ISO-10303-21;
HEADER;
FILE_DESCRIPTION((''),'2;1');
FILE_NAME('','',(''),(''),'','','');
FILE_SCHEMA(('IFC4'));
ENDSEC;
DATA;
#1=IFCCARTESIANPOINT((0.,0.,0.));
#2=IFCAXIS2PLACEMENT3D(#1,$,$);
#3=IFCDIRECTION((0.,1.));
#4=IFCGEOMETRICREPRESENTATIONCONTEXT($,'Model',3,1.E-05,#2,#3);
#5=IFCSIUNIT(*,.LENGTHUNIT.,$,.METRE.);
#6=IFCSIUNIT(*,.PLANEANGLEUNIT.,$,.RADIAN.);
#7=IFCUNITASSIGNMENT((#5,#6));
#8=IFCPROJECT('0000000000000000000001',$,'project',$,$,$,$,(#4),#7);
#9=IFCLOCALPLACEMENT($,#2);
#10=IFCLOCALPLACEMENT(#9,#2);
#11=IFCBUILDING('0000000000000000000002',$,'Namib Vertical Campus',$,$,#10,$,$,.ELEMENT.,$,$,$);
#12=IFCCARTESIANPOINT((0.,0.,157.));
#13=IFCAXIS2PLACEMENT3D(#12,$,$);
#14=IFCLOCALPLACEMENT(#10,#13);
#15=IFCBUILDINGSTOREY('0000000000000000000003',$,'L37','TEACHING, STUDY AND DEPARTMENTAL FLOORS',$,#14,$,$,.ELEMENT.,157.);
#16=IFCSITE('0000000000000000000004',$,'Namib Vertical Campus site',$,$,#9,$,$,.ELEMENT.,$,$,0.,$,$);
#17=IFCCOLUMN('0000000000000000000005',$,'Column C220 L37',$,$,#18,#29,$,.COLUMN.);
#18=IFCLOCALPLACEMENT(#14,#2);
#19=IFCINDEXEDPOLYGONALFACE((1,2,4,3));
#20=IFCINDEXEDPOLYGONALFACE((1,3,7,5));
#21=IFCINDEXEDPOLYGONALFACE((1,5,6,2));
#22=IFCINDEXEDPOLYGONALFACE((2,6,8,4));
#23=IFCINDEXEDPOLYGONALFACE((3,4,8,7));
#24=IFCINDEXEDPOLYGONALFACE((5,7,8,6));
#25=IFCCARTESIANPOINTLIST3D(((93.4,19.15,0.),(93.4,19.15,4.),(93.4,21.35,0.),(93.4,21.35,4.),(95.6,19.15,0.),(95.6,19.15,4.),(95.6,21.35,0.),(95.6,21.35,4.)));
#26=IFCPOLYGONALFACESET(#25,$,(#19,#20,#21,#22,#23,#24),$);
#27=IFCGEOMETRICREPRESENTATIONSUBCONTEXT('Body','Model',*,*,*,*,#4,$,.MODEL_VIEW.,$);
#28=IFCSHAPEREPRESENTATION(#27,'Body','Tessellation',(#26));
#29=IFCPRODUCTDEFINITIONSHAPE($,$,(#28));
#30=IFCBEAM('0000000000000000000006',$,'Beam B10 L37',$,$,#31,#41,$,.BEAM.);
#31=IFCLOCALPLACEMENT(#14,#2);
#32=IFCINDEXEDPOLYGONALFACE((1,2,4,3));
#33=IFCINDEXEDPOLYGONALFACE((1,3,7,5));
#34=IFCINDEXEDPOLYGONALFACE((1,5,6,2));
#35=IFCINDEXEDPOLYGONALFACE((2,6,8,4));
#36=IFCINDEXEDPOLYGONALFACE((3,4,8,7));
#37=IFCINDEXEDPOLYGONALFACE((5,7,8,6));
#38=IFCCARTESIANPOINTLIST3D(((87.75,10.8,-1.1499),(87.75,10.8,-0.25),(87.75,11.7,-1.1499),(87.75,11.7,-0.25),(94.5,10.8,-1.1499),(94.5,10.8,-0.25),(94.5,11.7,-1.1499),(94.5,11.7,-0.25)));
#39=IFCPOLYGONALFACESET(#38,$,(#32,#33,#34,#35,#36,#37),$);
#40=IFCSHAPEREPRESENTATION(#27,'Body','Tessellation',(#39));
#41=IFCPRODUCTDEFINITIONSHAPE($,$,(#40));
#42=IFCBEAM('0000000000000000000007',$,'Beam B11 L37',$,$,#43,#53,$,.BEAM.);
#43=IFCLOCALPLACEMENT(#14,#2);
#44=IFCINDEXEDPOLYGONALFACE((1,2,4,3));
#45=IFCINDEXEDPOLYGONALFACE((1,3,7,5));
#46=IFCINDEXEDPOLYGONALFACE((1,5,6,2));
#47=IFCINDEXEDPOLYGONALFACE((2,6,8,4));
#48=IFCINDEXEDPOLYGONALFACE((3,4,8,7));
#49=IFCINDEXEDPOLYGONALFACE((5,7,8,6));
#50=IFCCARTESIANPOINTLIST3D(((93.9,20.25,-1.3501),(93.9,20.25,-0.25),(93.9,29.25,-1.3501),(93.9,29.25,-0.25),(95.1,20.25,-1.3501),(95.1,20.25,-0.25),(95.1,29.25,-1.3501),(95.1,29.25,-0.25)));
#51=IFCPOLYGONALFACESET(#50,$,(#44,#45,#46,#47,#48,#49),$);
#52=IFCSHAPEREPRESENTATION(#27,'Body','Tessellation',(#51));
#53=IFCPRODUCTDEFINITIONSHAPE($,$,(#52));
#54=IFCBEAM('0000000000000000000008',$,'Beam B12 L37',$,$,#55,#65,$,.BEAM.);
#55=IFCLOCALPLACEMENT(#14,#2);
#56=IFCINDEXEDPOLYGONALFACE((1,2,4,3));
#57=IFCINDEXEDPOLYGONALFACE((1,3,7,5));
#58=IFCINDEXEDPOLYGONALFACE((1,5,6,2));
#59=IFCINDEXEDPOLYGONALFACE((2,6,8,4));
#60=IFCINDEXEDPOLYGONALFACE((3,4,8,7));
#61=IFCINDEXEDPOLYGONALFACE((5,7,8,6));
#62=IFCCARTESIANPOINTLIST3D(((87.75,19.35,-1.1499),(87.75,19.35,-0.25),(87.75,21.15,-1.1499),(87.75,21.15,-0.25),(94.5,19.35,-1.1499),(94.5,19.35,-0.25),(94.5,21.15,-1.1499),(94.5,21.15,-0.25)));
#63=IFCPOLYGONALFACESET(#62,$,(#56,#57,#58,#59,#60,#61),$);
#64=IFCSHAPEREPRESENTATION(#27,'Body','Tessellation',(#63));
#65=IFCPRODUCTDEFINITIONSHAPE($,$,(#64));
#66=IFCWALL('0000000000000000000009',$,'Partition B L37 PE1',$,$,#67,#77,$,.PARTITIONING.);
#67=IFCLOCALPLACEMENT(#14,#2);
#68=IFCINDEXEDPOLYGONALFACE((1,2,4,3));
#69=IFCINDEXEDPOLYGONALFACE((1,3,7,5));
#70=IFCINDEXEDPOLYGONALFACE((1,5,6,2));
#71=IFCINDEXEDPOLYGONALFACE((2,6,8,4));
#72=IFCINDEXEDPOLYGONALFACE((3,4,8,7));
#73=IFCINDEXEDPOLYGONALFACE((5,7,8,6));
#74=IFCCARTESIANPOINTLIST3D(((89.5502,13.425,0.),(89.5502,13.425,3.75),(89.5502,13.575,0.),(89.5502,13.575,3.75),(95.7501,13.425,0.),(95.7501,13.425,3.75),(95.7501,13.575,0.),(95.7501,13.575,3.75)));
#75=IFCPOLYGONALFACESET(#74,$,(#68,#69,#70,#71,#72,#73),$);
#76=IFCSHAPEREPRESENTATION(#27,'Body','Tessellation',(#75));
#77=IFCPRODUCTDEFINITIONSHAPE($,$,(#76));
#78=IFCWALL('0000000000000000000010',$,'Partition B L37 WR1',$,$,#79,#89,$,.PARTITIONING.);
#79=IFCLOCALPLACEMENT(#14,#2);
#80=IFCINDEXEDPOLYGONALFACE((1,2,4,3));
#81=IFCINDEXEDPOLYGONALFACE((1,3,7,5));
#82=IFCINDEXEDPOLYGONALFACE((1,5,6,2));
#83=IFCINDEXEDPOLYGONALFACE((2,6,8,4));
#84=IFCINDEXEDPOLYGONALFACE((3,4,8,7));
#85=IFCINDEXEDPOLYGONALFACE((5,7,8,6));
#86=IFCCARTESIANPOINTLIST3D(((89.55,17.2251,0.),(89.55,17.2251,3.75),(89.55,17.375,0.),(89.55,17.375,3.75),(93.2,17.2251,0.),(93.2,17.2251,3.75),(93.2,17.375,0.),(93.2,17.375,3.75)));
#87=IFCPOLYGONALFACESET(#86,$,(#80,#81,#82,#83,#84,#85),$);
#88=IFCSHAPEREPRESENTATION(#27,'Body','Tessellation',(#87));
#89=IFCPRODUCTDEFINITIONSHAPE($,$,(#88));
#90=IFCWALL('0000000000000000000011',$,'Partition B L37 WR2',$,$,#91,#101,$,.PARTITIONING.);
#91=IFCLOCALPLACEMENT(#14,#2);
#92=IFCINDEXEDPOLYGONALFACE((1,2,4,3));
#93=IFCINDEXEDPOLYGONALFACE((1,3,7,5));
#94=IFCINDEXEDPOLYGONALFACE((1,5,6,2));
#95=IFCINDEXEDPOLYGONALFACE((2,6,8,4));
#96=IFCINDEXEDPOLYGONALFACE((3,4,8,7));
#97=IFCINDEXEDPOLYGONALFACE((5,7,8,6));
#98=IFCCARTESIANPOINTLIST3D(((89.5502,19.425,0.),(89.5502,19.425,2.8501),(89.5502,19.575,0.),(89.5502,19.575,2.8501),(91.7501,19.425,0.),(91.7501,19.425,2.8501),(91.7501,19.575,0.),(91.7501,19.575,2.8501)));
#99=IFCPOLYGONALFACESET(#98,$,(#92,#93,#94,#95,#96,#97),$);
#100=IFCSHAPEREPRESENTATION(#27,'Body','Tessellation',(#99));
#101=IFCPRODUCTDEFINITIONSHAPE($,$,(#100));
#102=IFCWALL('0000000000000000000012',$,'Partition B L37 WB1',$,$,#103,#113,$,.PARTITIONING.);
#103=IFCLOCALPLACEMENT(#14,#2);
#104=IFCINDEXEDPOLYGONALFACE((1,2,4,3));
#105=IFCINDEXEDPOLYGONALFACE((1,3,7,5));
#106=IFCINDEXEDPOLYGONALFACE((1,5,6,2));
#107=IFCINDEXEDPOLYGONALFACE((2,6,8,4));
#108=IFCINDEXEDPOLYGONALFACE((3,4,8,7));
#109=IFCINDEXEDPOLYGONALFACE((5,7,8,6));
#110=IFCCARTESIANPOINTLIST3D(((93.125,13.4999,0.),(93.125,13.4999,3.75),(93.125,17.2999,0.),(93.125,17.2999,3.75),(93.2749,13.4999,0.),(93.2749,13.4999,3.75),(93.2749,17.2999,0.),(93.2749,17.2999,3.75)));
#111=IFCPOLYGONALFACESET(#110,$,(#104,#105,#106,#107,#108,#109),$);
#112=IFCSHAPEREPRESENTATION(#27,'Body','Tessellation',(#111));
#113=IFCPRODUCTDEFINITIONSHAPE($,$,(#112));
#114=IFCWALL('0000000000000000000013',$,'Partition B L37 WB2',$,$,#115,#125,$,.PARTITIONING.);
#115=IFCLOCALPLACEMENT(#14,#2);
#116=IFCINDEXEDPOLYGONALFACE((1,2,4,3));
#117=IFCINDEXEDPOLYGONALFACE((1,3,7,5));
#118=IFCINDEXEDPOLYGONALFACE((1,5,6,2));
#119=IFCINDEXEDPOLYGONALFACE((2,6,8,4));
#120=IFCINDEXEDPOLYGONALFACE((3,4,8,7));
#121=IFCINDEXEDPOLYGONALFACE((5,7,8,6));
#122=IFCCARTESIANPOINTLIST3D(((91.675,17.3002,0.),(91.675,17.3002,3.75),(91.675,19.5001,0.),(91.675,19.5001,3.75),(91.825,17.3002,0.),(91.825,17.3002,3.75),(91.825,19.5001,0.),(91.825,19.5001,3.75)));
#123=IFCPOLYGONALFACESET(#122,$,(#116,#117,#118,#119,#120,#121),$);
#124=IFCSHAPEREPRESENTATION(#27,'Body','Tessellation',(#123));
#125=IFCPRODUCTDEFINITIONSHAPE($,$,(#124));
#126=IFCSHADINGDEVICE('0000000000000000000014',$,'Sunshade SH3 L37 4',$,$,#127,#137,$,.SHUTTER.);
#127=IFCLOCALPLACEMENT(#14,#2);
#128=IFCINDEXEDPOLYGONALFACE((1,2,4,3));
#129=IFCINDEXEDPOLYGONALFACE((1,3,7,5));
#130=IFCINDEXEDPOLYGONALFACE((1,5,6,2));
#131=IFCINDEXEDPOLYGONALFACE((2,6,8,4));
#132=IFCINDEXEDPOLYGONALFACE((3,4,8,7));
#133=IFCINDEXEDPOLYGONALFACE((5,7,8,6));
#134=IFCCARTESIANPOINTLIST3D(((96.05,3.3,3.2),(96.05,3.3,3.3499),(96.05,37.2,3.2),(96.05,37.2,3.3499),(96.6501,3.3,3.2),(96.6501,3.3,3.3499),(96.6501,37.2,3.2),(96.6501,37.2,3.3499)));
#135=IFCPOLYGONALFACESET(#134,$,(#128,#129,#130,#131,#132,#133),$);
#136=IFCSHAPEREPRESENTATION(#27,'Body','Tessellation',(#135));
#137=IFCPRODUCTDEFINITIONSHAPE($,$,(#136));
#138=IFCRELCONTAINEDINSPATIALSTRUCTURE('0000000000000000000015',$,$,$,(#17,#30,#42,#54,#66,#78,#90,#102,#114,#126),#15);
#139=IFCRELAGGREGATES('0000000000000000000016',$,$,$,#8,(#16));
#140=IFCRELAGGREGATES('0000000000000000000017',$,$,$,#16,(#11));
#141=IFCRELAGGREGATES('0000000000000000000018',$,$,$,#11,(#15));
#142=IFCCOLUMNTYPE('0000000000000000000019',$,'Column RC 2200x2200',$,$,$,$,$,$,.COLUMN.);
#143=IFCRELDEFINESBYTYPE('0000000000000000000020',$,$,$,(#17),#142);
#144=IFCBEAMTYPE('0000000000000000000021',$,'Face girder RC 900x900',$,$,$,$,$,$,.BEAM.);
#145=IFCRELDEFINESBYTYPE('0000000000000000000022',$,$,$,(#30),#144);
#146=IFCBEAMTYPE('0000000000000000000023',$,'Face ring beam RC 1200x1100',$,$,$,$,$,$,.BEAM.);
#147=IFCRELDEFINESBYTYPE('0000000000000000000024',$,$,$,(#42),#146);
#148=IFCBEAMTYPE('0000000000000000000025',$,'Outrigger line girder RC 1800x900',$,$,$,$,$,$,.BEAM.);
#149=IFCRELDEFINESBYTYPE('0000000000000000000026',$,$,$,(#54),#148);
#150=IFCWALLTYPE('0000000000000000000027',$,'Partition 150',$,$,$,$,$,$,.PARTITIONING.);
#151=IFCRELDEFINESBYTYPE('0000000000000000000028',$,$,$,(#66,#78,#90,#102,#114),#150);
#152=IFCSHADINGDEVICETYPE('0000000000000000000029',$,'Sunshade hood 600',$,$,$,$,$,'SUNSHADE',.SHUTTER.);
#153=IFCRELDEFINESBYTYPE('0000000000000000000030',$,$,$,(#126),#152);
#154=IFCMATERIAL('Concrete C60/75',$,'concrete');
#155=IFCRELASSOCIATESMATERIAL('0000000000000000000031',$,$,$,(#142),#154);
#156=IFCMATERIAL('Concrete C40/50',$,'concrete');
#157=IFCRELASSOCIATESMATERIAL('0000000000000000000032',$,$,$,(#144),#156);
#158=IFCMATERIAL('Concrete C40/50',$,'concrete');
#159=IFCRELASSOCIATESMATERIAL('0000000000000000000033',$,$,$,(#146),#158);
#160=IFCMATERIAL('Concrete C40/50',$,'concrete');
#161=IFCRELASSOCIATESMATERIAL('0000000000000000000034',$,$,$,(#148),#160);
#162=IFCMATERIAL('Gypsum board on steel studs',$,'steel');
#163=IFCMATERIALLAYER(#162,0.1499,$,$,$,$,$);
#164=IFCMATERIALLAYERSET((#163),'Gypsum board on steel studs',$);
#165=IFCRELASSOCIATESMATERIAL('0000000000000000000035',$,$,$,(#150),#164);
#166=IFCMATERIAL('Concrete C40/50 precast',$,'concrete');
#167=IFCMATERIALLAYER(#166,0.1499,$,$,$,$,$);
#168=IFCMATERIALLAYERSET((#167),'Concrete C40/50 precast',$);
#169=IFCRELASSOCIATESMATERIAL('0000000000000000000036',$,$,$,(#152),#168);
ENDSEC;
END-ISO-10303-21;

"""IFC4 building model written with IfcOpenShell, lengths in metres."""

from ifc_helpers import new_model, si_unit, direction, frame, frame_2d, origin, origin_2d, place, context, subcontext, project, spatial, rectangle, extrude, material, layer, layer_set, material_profile, profile_set, type_object, element, save


model = new_model("IFC4")

# Units and contexts
model_context = context("Model", 3, precision=1e-05, world=origin(), true_north=direction((0.0, 1.0)))
body_context = subcontext(model_context, "Body", "Model", "MODEL_VIEW")
ifc_project = project(units=[si_unit("LENGTHUNIT", "METRE"), si_unit("PLANEANGLEUNIT", "RADIAN")], contexts=[model_context])

# Site, building, storey
site_placement = place(None, origin())
site = spatial("IfcSite", under=ifc_project, at=site_placement, Name="Namib Vertical Campus site", CompositionType="ELEMENT", RefElevation=0.0)
building_placement = place(site_placement, origin())
building = spatial("IfcBuilding", under=site, at=building_placement, Name="Namib Vertical Campus", CompositionType="ELEMENT")
storey_placement = place(building_placement, frame((0.0, 0.0, 157.0)))
storey = spatial("IfcBuildingStorey", under=building, at=storey_placement, Name="L37", Description="TEACHING, STUDY AND DEPARTMENTAL FLOORS", CompositionType="ELEMENT", Elevation=157.0)

# Column
ifc_material_1 = material(Name="Concrete C60/75", Category="concrete")
ifc_material_profile_1 = material_profile(ifc_material_1, rectangle(XDim=2.2, YDim=2.2, at=origin_2d()))
ifc_profile_set_1 = profile_set([ifc_material_profile_1], Name="Concrete C60/75")
column_type = type_object("IfcColumnType", Name="Column RC 2200x2200", PredefinedType="COLUMN", material=ifc_profile_set_1)
column_placement = place(storey_placement, frame((94.5, 20.25, 0.0), z_axis=(0.0, 0.0, 1.0), x_axis=(1.0, 0.0, 0.0)))
element("IfcColumn", 1, at=column_placement, inside=storey, type_object=column_type, Name="Column C220 L37", PredefinedType="COLUMN", context=body_context, shape_type="SweptSolid", body=[
    extrude(rectangle(XDim=2.2, YDim=2.2, at=origin_2d()), origin(), (0.0, 0.0, 1.0), 4.0),
])

# Beams
ifc_material_2 = material(Name="Concrete C40/50", Category="concrete")
ifc_material_profile_2 = material_profile(ifc_material_2, rectangle(XDim=0.8999, YDim=0.8999, at=origin_2d()))
ifc_profile_set_2 = profile_set([ifc_material_profile_2], Name="Concrete C40/50")
beam_type_1 = type_object("IfcBeamType", Name="Face girder RC 900x900", PredefinedType="BEAM", material=ifc_profile_set_2)
beam_1_placement = place(storey_placement, frame((94.5, 11.25, -0.7), z_axis=(-1.0, 0.0, 0.0), x_axis=(0.0, -1.0, 0.0)))
element("IfcBeam", 2, at=beam_1_placement, inside=storey, type_object=beam_type_1, Name="Beam B10 L37", PredefinedType="BEAM", context=body_context, shape_type="SweptSolid", body=[
    extrude(rectangle(XDim=0.8999, YDim=0.8999, at=origin_2d()), origin(), (0.0, 0.0, 1.0), 6.75),
])
ifc_material_3 = material(Name="Concrete C40/50", Category="concrete")
ifc_material_profile_3 = material_profile(ifc_material_3, rectangle(XDim=1.2, YDim=1.1001, at=origin_2d()))
ifc_profile_set_3 = profile_set([ifc_material_profile_3], Name="Concrete C40/50")
beam_type_2 = type_object("IfcBeamType", Name="Face ring beam RC 1200x1100", PredefinedType="BEAM", material=ifc_profile_set_3)
beam_2_placement = place(storey_placement, frame((94.5, 20.25, -0.8), z_axis=(0.0, 1.0, 0.0), x_axis=(-1.0, 0.0, 0.0)))
element("IfcBeam", 3, at=beam_2_placement, inside=storey, type_object=beam_type_2, Name="Beam B11 L37", PredefinedType="BEAM", context=body_context, shape_type="SweptSolid", body=[
    extrude(rectangle(XDim=1.2, YDim=1.1001, at=origin_2d()), origin(), (0.0, 0.0, 1.0), 9.0),
])
ifc_material_4 = material(Name="Concrete C40/50", Category="concrete")
ifc_material_profile_4 = material_profile(ifc_material_4, rectangle(XDim=1.8, YDim=0.8999, at=origin_2d()))
ifc_profile_set_4 = profile_set([ifc_material_profile_4], Name="Concrete C40/50")
beam_type_3 = type_object("IfcBeamType", Name="Outrigger line girder RC 1800x900", PredefinedType="BEAM", material=ifc_profile_set_4)
beam_3_placement = place(storey_placement, frame((94.5, 20.25, -0.7), z_axis=(-1.0, 0.0, 0.0), x_axis=(0.0, -1.0, 0.0)))
element("IfcBeam", 4, at=beam_3_placement, inside=storey, type_object=beam_type_3, Name="Beam B12 L37", PredefinedType="BEAM", context=body_context, shape_type="SweptSolid", body=[
    extrude(rectangle(XDim=1.8, YDim=0.8999, at=origin_2d()), origin(), (0.0, 0.0, 1.0), 6.75),
])

# Walls
ifc_material_5 = material(Name="Gypsum board on steel studs", Category="steel")
ifc_layer_1 = layer(ifc_material_5, 0.1499)
ifc_layer_set_1 = layer_set([ifc_layer_1], Name="Gypsum board on steel studs")
wall_type = type_object("IfcWallType", Name="Partition 150", PredefinedType="PARTITIONING", material=ifc_layer_set_1)
wall_1_placement = place(storey_placement, frame((89.55, 13.5, 0.0), z_axis=(0.0, 0.0, 1.0), x_axis=(1.0, 0.0, 0.0)))
element("IfcWall", 5, at=wall_1_placement, inside=storey, type_object=wall_type, Name="Partition B L37 PE1", PredefinedType="PARTITIONING", context=body_context, shape_type="SweptSolid", body=[
    extrude(rectangle(XDim=6.2, YDim=0.1499, at=frame_2d((3.1001, 0.0))), origin(), (0.0, 0.0, 1.0), 3.75),
])
wall_2_placement = place(storey_placement, frame((89.55, 17.3, 0.0), z_axis=(0.0, 0.0, 1.0), x_axis=(1.0, 0.0, 0.0)))
element("IfcWall", 6, at=wall_2_placement, inside=storey, type_object=wall_type, Name="Partition B L37 WR1", PredefinedType="PARTITIONING", context=body_context, shape_type="SweptSolid", body=[
    extrude(rectangle(XDim=3.6499, YDim=0.1499, at=frame_2d((1.825, 0.0))), origin(), (0.0, 0.0, 1.0), 3.75),
])
wall_3_placement = place(storey_placement, frame((89.55, 19.5, 0.0), z_axis=(0.0, 0.0, 1.0), x_axis=(1.0, 0.0, 0.0)))
element("IfcWall", 7, at=wall_3_placement, inside=storey, type_object=wall_type, Name="Partition B L37 WR2", PredefinedType="PARTITIONING", context=body_context, shape_type="SweptSolid", body=[
    extrude(rectangle(XDim=2.2, YDim=0.1499, at=frame_2d((1.1001, 0.0))), origin(), (0.0, 0.0, 1.0), 2.8501),
])
wall_4_placement = place(storey_placement, frame((93.2, 13.5, 0.0), z_axis=(0.0, 0.0, 1.0), x_axis=(0.0, 1.0, 0.0)))
element("IfcWall", 8, at=wall_4_placement, inside=storey, type_object=wall_type, Name="Partition B L37 WB1", PredefinedType="PARTITIONING", context=body_context, shape_type="SweptSolid", body=[
    extrude(rectangle(XDim=3.8, YDim=0.1499, at=frame_2d((1.8999, 0.0))), origin(), (0.0, 0.0, 1.0), 3.75),
])
wall_5_placement = place(storey_placement, frame((91.75, 17.3, 0.0), z_axis=(0.0, 0.0, 1.0), x_axis=(0.0, 1.0, 0.0)))
element("IfcWall", 9, at=wall_5_placement, inside=storey, type_object=wall_type, Name="Partition B L37 WB2", PredefinedType="PARTITIONING", context=body_context, shape_type="SweptSolid", body=[
    extrude(rectangle(XDim=2.2, YDim=0.1499, at=frame_2d((1.1001, 0.0))), origin(), (0.0, 0.0, 1.0), 3.75),
])

# Shading device
ifc_material_6 = material(Name="Concrete C40/50 precast", Category="concrete")
ifc_layer_2 = layer(ifc_material_6, 0.1499)
ifc_layer_set_2 = layer_set([ifc_layer_2], Name="Concrete C40/50 precast")
shading_device_type = type_object("IfcShadingDeviceType", Name="Sunshade hood 600", ElementType="SUNSHADE", PredefinedType="SHUTTER", material=ifc_layer_set_2)
shading_device_placement = place(storey_placement, frame((96.3501, 20.25, 3.2), z_axis=(0.0, 0.0, 1.0), x_axis=(0.0, 1.0, 0.0)))
element("IfcShadingDevice", 10, at=shading_device_placement, inside=storey, type_object=shading_device_type, Name="Sunshade SH3 L37 4", PredefinedType="SHUTTER", context=body_context, shape_type="SweptSolid", body=[
    extrude(rectangle(XDim=33.8999, YDim=0.6001, at=origin_2d()), origin(), (0.0, 0.0, 1.0), 0.1499),
])

save(model, "model.ifc")
